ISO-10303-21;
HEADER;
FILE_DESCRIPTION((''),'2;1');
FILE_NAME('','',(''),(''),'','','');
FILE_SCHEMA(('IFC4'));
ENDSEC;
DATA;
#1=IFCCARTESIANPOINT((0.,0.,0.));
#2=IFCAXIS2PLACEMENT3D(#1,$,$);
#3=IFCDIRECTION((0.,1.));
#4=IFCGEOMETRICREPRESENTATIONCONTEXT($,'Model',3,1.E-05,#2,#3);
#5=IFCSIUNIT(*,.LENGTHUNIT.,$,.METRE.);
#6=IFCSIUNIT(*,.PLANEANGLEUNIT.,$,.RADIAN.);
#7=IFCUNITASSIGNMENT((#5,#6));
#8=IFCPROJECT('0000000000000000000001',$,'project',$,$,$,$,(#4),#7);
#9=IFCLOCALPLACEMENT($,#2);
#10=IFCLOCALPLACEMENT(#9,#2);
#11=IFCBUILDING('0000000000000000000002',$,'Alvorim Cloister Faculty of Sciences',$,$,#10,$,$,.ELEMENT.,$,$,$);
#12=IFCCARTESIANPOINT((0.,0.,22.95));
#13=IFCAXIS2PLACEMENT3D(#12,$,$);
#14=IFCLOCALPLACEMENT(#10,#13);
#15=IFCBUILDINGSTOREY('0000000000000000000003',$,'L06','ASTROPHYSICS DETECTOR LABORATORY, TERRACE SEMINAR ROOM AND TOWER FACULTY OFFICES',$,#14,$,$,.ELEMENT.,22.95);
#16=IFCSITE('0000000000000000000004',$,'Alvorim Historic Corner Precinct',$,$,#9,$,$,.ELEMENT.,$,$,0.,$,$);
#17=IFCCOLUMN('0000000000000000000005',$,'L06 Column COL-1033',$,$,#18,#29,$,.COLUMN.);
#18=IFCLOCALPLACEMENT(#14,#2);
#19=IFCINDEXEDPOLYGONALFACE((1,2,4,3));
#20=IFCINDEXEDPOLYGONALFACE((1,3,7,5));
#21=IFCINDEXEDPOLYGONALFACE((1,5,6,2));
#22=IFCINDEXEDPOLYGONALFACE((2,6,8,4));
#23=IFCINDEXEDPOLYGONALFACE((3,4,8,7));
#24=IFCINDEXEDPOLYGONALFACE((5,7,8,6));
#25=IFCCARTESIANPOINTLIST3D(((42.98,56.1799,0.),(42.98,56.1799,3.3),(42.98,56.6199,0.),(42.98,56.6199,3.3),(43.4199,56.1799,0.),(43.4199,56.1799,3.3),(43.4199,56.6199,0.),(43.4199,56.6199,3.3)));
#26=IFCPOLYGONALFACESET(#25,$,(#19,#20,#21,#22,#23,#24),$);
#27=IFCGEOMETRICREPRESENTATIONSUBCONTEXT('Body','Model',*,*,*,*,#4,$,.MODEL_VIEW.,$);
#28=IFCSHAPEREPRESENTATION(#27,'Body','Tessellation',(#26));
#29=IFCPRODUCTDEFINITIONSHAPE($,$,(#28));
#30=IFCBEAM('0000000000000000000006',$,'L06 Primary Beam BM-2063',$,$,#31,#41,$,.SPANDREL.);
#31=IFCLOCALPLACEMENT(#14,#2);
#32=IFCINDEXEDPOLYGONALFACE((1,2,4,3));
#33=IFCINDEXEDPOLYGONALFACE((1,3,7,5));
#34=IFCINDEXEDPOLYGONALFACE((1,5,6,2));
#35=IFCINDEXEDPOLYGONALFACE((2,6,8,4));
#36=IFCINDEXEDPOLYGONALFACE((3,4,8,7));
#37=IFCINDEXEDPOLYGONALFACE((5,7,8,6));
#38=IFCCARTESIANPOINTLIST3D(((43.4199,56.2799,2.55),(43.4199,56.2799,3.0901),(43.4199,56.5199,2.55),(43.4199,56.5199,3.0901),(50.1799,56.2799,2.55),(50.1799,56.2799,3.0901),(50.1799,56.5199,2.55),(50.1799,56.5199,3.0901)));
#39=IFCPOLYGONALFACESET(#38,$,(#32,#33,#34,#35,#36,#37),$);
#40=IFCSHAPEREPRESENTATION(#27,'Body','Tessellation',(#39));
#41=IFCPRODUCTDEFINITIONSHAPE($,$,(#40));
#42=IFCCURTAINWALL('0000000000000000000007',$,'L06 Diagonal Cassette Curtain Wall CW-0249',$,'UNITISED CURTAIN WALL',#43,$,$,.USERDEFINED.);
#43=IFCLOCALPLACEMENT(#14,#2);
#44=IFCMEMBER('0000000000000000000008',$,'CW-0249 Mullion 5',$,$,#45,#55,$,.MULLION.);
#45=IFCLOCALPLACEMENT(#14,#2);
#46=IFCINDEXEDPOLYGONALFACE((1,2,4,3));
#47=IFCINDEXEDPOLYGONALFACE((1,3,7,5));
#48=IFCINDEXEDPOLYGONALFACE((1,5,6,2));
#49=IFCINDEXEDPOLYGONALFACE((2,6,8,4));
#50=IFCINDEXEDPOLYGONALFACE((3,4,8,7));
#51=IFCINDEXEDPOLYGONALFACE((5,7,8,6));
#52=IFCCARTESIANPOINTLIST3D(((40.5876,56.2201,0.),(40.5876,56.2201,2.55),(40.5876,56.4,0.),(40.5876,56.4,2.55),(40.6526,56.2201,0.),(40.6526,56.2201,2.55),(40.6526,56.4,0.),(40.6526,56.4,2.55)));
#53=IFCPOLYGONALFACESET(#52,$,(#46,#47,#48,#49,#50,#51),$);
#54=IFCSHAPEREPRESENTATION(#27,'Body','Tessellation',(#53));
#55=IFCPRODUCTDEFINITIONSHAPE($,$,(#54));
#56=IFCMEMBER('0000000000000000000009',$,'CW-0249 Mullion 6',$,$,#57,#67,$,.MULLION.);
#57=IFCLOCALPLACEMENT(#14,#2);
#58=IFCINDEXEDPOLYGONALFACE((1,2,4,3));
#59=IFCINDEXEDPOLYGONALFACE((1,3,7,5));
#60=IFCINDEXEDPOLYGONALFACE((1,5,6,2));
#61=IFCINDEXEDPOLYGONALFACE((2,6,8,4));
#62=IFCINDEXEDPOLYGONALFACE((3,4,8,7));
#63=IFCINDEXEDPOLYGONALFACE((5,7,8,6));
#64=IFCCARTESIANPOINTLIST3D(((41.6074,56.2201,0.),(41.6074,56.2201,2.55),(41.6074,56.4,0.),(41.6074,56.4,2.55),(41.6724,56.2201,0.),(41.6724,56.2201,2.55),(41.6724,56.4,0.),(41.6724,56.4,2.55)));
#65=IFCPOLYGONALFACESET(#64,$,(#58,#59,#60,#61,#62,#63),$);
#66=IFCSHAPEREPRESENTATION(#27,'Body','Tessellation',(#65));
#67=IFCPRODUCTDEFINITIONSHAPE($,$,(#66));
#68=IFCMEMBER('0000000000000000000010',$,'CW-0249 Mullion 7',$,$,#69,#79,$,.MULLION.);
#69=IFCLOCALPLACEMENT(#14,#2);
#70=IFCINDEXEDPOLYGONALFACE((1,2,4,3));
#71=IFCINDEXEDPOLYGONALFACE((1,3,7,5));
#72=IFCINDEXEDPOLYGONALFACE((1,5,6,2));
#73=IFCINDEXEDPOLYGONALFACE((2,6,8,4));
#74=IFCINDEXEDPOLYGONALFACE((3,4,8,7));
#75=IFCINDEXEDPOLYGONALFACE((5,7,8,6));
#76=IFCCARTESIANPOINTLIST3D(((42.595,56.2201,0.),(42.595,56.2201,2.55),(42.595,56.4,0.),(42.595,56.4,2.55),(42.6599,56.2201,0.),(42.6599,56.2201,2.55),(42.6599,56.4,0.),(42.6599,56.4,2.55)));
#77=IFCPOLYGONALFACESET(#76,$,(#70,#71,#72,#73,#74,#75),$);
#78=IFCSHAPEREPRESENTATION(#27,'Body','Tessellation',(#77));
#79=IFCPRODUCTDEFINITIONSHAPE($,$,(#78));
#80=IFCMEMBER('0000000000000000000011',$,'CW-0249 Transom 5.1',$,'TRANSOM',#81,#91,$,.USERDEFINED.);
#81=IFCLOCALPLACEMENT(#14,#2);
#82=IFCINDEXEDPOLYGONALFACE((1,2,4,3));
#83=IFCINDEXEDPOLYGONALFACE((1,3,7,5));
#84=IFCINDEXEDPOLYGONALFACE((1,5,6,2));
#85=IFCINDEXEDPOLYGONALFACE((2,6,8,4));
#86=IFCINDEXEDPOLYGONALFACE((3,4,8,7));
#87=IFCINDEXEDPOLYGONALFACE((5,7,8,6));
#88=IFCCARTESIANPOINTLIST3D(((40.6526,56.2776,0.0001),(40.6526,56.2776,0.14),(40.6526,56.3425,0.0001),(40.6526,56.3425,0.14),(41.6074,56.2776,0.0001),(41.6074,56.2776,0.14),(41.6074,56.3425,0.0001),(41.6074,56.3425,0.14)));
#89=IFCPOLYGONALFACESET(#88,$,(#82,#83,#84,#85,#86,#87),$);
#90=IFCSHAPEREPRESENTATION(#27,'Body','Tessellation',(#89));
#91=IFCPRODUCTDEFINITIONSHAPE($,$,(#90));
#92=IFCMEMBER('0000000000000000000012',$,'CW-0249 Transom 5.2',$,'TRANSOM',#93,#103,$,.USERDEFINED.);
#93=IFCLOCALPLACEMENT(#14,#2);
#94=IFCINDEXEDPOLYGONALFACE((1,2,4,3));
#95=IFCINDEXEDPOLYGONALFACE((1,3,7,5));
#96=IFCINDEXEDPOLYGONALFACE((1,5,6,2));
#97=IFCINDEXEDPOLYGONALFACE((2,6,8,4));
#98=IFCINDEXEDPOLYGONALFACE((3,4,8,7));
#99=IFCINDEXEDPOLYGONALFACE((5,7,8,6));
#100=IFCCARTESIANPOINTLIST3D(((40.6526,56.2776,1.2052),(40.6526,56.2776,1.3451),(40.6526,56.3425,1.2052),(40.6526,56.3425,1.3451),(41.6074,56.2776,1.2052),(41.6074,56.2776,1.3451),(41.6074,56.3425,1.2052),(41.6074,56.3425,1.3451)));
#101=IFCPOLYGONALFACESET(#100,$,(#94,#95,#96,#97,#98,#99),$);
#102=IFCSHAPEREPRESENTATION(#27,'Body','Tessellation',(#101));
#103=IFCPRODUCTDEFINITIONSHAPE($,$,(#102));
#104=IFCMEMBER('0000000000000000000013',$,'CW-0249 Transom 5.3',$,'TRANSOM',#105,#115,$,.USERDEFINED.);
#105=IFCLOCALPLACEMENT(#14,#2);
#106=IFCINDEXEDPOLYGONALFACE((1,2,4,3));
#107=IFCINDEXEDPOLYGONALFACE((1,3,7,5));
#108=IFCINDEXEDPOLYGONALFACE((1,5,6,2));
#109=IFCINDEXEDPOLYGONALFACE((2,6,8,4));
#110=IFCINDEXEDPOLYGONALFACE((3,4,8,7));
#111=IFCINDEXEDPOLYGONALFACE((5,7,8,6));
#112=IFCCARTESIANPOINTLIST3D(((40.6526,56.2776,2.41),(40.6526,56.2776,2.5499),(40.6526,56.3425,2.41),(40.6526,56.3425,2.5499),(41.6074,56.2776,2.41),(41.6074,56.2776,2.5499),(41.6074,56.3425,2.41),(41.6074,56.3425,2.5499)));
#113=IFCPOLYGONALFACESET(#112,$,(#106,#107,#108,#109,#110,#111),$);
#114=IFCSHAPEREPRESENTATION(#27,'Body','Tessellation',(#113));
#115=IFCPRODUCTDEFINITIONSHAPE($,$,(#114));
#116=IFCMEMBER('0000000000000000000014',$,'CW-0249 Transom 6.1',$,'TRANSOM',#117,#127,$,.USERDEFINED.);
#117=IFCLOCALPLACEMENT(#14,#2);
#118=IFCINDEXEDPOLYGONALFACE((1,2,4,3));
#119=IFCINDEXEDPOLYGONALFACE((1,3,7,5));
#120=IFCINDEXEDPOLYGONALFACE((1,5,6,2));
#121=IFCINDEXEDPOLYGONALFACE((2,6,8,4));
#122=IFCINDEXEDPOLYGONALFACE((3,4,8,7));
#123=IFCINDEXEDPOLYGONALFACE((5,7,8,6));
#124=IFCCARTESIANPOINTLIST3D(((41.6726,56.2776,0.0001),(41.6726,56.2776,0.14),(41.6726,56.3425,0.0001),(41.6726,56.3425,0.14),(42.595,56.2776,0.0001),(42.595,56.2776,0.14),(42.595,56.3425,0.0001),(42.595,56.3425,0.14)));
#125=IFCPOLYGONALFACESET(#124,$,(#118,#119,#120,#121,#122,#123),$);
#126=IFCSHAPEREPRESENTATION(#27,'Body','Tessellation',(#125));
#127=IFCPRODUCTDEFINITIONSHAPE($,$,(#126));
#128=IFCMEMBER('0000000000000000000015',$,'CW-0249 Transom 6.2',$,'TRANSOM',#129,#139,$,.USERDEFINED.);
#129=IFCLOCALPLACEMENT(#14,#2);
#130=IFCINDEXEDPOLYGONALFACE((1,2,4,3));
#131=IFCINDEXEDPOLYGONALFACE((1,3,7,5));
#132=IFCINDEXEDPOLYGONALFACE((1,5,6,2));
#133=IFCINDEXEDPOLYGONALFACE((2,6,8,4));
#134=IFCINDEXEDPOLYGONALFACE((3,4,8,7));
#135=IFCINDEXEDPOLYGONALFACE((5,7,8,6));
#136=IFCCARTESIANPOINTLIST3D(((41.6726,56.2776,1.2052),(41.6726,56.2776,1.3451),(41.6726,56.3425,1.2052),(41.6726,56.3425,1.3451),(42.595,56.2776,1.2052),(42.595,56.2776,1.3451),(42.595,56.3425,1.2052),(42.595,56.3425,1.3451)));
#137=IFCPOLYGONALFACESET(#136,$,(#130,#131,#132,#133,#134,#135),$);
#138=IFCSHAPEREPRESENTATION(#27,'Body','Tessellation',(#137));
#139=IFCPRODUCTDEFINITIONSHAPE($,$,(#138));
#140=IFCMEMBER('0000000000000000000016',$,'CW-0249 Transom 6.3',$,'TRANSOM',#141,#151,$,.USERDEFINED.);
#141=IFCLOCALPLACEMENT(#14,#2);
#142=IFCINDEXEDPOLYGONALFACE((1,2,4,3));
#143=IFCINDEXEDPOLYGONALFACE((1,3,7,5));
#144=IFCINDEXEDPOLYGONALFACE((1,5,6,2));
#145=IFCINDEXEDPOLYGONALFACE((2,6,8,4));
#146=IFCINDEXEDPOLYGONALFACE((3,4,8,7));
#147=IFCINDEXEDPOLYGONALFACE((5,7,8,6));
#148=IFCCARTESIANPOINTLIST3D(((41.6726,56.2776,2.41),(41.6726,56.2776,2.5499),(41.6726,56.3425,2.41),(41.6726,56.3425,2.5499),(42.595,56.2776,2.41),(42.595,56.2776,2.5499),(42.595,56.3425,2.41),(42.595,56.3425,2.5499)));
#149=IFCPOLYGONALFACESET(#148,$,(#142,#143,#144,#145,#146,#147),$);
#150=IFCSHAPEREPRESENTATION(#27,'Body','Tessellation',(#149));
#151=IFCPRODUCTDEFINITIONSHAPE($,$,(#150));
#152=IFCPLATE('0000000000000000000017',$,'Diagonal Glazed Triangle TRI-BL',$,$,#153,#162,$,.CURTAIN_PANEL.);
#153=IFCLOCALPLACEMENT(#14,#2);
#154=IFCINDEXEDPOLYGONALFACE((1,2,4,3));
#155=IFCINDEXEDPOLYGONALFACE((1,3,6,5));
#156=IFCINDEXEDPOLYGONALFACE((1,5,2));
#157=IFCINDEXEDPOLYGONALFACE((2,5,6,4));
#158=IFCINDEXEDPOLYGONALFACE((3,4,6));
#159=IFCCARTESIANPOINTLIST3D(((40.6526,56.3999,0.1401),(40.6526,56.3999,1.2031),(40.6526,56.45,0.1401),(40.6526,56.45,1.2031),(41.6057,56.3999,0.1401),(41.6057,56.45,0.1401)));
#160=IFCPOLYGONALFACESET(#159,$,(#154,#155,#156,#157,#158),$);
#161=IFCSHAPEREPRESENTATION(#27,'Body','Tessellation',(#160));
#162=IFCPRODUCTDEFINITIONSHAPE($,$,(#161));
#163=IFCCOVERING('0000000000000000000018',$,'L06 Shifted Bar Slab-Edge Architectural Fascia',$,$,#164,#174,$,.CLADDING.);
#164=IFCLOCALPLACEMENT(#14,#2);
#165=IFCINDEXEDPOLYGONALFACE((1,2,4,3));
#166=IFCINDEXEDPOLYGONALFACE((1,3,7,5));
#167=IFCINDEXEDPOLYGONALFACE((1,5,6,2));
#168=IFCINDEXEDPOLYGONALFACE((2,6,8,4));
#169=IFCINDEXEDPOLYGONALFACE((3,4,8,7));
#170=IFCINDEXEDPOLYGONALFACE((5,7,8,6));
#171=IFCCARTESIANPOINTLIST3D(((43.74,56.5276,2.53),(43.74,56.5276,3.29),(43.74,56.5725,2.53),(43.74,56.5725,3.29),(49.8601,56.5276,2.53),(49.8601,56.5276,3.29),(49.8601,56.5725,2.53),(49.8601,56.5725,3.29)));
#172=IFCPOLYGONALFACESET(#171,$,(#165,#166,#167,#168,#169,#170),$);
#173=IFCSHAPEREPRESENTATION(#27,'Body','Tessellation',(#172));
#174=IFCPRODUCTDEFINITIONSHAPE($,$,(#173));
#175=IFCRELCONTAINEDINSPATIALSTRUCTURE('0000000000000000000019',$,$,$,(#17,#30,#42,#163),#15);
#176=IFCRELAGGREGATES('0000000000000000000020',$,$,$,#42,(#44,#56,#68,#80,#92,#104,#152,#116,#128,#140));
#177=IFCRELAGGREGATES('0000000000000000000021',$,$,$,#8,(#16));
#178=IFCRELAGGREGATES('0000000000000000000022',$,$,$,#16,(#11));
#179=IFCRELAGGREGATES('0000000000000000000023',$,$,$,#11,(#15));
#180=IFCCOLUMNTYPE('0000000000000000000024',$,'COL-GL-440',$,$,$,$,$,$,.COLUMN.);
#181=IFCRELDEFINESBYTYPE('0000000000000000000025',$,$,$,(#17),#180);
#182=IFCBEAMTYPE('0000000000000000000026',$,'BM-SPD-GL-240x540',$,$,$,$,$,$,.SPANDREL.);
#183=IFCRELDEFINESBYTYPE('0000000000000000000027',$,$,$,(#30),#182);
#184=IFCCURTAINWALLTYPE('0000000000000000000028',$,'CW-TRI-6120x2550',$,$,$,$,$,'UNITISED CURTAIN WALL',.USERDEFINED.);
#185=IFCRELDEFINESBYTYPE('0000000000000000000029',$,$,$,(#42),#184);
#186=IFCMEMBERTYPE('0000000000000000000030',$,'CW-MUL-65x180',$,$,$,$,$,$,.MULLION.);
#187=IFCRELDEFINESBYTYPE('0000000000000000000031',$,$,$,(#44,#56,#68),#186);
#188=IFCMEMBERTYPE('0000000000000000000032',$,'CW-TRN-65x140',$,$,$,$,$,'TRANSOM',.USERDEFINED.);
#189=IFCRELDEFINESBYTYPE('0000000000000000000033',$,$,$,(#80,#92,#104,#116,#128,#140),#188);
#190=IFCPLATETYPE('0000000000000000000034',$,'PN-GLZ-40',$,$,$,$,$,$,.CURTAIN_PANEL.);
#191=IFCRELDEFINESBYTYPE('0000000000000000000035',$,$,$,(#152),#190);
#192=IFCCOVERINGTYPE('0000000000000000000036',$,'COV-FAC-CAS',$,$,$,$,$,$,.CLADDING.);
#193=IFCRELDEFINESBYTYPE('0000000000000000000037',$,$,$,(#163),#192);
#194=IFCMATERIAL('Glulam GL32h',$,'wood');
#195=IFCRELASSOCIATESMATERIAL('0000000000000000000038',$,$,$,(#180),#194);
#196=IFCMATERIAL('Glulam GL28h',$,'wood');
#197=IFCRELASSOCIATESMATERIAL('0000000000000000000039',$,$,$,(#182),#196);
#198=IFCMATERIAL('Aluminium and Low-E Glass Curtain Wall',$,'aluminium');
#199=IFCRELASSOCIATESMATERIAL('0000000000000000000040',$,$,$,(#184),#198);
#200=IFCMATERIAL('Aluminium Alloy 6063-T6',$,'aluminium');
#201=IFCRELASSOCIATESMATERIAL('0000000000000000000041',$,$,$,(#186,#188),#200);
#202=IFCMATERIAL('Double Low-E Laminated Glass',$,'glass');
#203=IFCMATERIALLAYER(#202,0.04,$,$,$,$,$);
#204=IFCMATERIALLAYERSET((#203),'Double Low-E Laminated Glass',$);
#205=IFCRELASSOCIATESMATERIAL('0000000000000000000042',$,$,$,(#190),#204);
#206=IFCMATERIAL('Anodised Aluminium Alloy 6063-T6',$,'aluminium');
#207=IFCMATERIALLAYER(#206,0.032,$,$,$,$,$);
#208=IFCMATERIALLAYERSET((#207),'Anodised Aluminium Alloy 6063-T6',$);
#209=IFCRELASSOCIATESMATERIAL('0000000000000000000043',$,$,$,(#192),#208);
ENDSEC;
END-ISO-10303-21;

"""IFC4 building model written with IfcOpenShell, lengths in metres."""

from ifc_helpers import new_model, si_unit, direction, frame, origin, origin_2d, place, context, subcontext, project, spatial, polyline, rectangle, outline, extrude, material, layer, layer_set, material_profile, profile_set, type_object, element, aggregate, save


model = new_model("IFC4")

# Units and contexts
model_context = context("Model", 3, precision=1e-05, world=origin(), true_north=direction((0.0, 1.0)))
body_context = subcontext(model_context, "Body", "Model", "MODEL_VIEW")
ifc_project = project(units=[si_unit("LENGTHUNIT", "METRE"), si_unit("PLANEANGLEUNIT", "RADIAN")], contexts=[model_context])

# Site, building, storey
site_placement = place(None, origin())
site = spatial("IfcSite", under=ifc_project, at=site_placement, Name="Alvorim Historic Corner Precinct", CompositionType="ELEMENT", RefElevation=0.0)
building_placement = place(site_placement, origin())
building = spatial("IfcBuilding", under=site, at=building_placement, Name="Alvorim Cloister Faculty of Sciences", CompositionType="ELEMENT")
storey_placement = place(building_placement, frame((0.0, 0.0, 22.95)))
storey = spatial("IfcBuildingStorey", under=building, at=storey_placement, Name="L06", Description="ASTROPHYSICS DETECTOR LABORATORY, TERRACE SEMINAR ROOM AND TOWER FACULTY OFFICES", CompositionType="ELEMENT", Elevation=22.95)

# Column
ifc_material_1 = material(Name="Glulam GL32h", Category="wood")
ifc_material_profile_1 = material_profile(ifc_material_1, rectangle(XDim=0.4399, YDim=0.4399, at=origin_2d()), Name="GL32-COL-440x440")
ifc_profile_set_1 = profile_set([ifc_material_profile_1], Name="Glulam GL32h")
column_type = type_object("IfcColumnType", Name="COL-GL-440", PredefinedType="COLUMN", material=ifc_profile_set_1)
column_placement = place(storey_placement, frame((43.2, 56.3999, 0.0), z_axis=(0.0, 0.0, 1.0), x_axis=(1.0, 0.0, 0.0)))
element("IfcColumn", 1, at=column_placement, inside=storey, type_object=column_type, Name="L06 Column COL-1033", PredefinedType="COLUMN", context=body_context, shape_type="SweptSolid", body=[
    extrude(rectangle(XDim=0.4399, YDim=0.4399, at=origin_2d()), origin(), (0.0, 0.0, 1.0), 3.3),
])

# Beam
ifc_material_2 = material(Name="Glulam GL28h", Category="wood")
ifc_material_profile_2 = material_profile(ifc_material_2, rectangle(XDim=0.24, YDim=0.54, at=origin_2d()), Name="GL28-SPD-240x540")
ifc_profile_set_2 = profile_set([ifc_material_profile_2], Name="Glulam GL28h")
beam_type = type_object("IfcBeamType", Name="BM-SPD-GL-240x540", PredefinedType="SPANDREL", material=ifc_profile_set_2)
beam_placement = place(storey_placement, frame((43.4199, 56.3999, 2.8201), z_axis=(1.0, 0.0, 0.0), x_axis=(0.0, 1.0, 0.0)))
element("IfcBeam", 2, at=beam_placement, inside=storey, type_object=beam_type, Name="L06 Primary Beam BM-2063", PredefinedType="SPANDREL", context=body_context, shape_type="SweptSolid", body=[
    extrude(rectangle(XDim=0.24, YDim=0.54, at=origin_2d()), origin(), (0.0, 0.0, 1.0), 6.76),
])

# Curtain wall, members, plate
ifc_material_3 = material(Name="Aluminium and Low-E Glass Curtain Wall", Category="aluminium")
curtain_wall_type = type_object("IfcCurtainWallType", Name="CW-TRI-6120x2550", ElementType="UNITISED CURTAIN WALL", PredefinedType="USERDEFINED", material=ifc_material_3)
curtain_wall_placement = place(storey_placement, origin())
curtain_wall = element("IfcCurtainWall", 3, at=curtain_wall_placement, inside=storey, type_object=curtain_wall_type, Name="L06 Diagonal Cassette Curtain Wall CW-0249", ObjectType="UNITISED CURTAIN WALL", PredefinedType="USERDEFINED")
ifc_material_4 = material(Name="Aluminium Alloy 6063-T6", Category="aluminium")
ifc_material_profile_3 = material_profile(ifc_material_4, rectangle(XDim=0.0649, YDim=0.1799, at=origin_2d()), Name="ALU-MUL-65x180")
ifc_profile_set_3 = profile_set([ifc_material_profile_3], Name="Aluminium Alloy 6063-T6")
member_type_1 = type_object("IfcMemberType", Name="CW-MUL-65x180", PredefinedType="MULLION", material=ifc_profile_set_3)
member_1_placement = place(storey_placement, frame((40.6201, 56.3101, 0.0), z_axis=(0.0, 0.0, 1.0), x_axis=(1.0, 0.0, 0.0)))
member_1 = element("IfcMember", 4, at=member_1_placement, type_object=member_type_1, Name="CW-0249 Mullion 5", PredefinedType="MULLION", context=body_context, shape_type="SweptSolid", body=[
    extrude(rectangle(XDim=0.0649, YDim=0.1799, at=origin_2d()), origin(), (0.0, 0.0, 1.0), 2.55),
])
member_2_placement = place(storey_placement, frame((41.6399, 56.3101, 0.0), z_axis=(0.0, 0.0, 1.0), x_axis=(1.0, 0.0, 0.0)))
member_2 = element("IfcMember", 5, at=member_2_placement, type_object=member_type_1, Name="CW-0249 Mullion 6", PredefinedType="MULLION", context=body_context, shape_type="SweptSolid", body=[
    extrude(rectangle(XDim=0.0649, YDim=0.1799, at=origin_2d()), origin(), (0.0, 0.0, 1.0), 2.55),
])
member_3_placement = place(storey_placement, frame((42.6274, 56.3101, 0.0), z_axis=(0.0, 0.0, 1.0), x_axis=(1.0, 0.0, 0.0)))
member_3 = element("IfcMember", 6, at=member_3_placement, type_object=member_type_1, Name="CW-0249 Mullion 7", PredefinedType="MULLION", context=body_context, shape_type="SweptSolid", body=[
    extrude(rectangle(XDim=0.0649, YDim=0.1799, at=origin_2d()), origin(), (0.0, 0.0, 1.0), 2.55),
])
ifc_material_profile_4 = material_profile(ifc_material_4, rectangle(XDim=0.0649, YDim=0.1399, at=origin_2d()), Name="ALU-TRN-65x140")
ifc_profile_set_4 = profile_set([ifc_material_profile_4], Name="Aluminium Alloy 6063-T6")
member_type_2 = type_object("IfcMemberType", Name="CW-TRN-65x140", ElementType="TRANSOM", PredefinedType="USERDEFINED", material=ifc_profile_set_4)
member_4_placement = place(storey_placement, frame((40.6526, 56.3101, 0.0701), z_axis=(1.0, 0.0, 0.0), x_axis=(0.0, 1.0, 0.0)))
member_4 = element("IfcMember", 7, at=member_4_placement, type_object=member_type_2, Name="CW-0249 Transom 5.1", ObjectType="TRANSOM", PredefinedType="USERDEFINED", context=body_context, shape_type="SweptSolid", body=[
    extrude(rectangle(XDim=0.0649, YDim=0.1399, at=origin_2d()), origin(), (0.0, 0.0, 1.0), 0.9548),
])
member_5_placement = place(storey_placement, frame((40.6526, 56.3101, 1.2751), z_axis=(1.0, 0.0, 0.0), x_axis=(0.0, 1.0, 0.0)))
member_5 = element("IfcMember", 8, at=member_5_placement, type_object=member_type_2, Name="CW-0249 Transom 5.2", ObjectType="TRANSOM", PredefinedType="USERDEFINED", context=body_context, shape_type="SweptSolid", body=[
    extrude(rectangle(XDim=0.0649, YDim=0.1399, at=origin_2d()), origin(), (0.0, 0.0, 1.0), 0.9548),
])
member_6_placement = place(storey_placement, frame((40.6526, 56.3101, 2.48), z_axis=(1.0, 0.0, 0.0), x_axis=(0.0, 1.0, 0.0)))
member_6 = element("IfcMember", 9, at=member_6_placement, type_object=member_type_2, Name="CW-0249 Transom 5.3", ObjectType="TRANSOM", PredefinedType="USERDEFINED", context=body_context, shape_type="SweptSolid", body=[
    extrude(rectangle(XDim=0.0649, YDim=0.1399, at=origin_2d()), origin(), (0.0, 0.0, 1.0), 0.9548),
])
member_7_placement = place(storey_placement, frame((41.6726, 56.3101, 0.0701), z_axis=(1.0, 0.0, 0.0), x_axis=(0.0, 1.0, 0.0)))
member_7 = element("IfcMember", 10, at=member_7_placement, type_object=member_type_2, Name="CW-0249 Transom 6.1", ObjectType="TRANSOM", PredefinedType="USERDEFINED", context=body_context, shape_type="SweptSolid", body=[
    extrude(rectangle(XDim=0.0649, YDim=0.1399, at=origin_2d()), origin(), (0.0, 0.0, 1.0), 0.9224),
])
member_8_placement = place(storey_placement, frame((41.6726, 56.3101, 1.2751), z_axis=(1.0, 0.0, 0.0), x_axis=(0.0, 1.0, 0.0)))
member_8 = element("IfcMember", 11, at=member_8_placement, type_object=member_type_2, Name="CW-0249 Transom 6.2", ObjectType="TRANSOM", PredefinedType="USERDEFINED", context=body_context, shape_type="SweptSolid", body=[
    extrude(rectangle(XDim=0.0649, YDim=0.1399, at=origin_2d()), origin(), (0.0, 0.0, 1.0), 0.9224),
])
member_9_placement = place(storey_placement, frame((41.6726, 56.3101, 2.48), z_axis=(1.0, 0.0, 0.0), x_axis=(0.0, 1.0, 0.0)))
member_9 = element("IfcMember", 12, at=member_9_placement, type_object=member_type_2, Name="CW-0249 Transom 6.3", ObjectType="TRANSOM", PredefinedType="USERDEFINED", context=body_context, shape_type="SweptSolid", body=[
    extrude(rectangle(XDim=0.0649, YDim=0.1399, at=origin_2d()), origin(), (0.0, 0.0, 1.0), 0.9224),
])
ifc_material_5 = material(Name="Double Low-E Laminated Glass", Category="glass")
ifc_layer_1 = layer(ifc_material_5, 0.04)
ifc_layer_set_1 = layer_set([ifc_layer_1], Name="Double Low-E Laminated Glass")
plate_type = type_object("IfcPlateType", Name="PN-GLZ-40", PredefinedType="CURTAIN_PANEL", material=ifc_layer_set_1)
plate_1_placement = place(storey_placement, frame((40.6526, 56.425, 0.1401), z_axis=(0.0, 0.0, 1.0), x_axis=(1.0, 0.0, 0.0)))
plate_1 = element("IfcPlate", 13, at=plate_1_placement, type_object=plate_type, Name="Diagonal Glazed Triangle TRI-BL", PredefinedType="CURTAIN_PANEL", context=body_context, shape_type="SweptSolid", body=[
    extrude(outline(polyline([(0.0, 0.0), (0.9531, 0.0), (0.0, 1.063), (0.0, 0.0)])), frame((0.0, 0.0249, 0.0), z_axis=(0.0, -1.0, 0.0), x_axis=(1.0, 0.0, 0.0)), (0.0, 0.0, 1.0), 0.05),
])
aggregate(curtain_wall, [member_1, member_2, member_3, member_4, member_5, member_6, plate_1, member_7, member_8, member_9])

# Covering
ifc_material_6 = material(Name="Anodised Aluminium Alloy 6063-T6", Category="aluminium")
ifc_layer_2 = layer(ifc_material_6, 0.032)
ifc_layer_set_2 = layer_set([ifc_layer_2], Name="Anodised Aluminium Alloy 6063-T6")
covering_type = type_object("IfcCoveringType", Name="COV-FAC-CAS", PredefinedType="CLADDING", material=ifc_layer_set_2)
covering_placement = place(storey_placement, frame((43.74, 56.55, 2.53), z_axis=(0.0, 0.0, 1.0), x_axis=(1.0, 0.0, 0.0)))
element("IfcCovering", 14, at=covering_placement, inside=storey, type_object=covering_type, Name="L06 Shifted Bar Slab-Edge Architectural Fascia", PredefinedType="CLADDING", context=body_context, shape_type="SweptSolid", body=[
    extrude(outline(polyline([(0.0, 0.0), (6.1201, 0.0), (6.1201, 0.76), (0.0, 0.76), (0.0, 0.0)])), frame((0.0, 0.0225, 0.0), z_axis=(0.0, -1.0, 0.0), x_axis=(1.0, 0.0, 0.0)), (0.0, 0.0, 1.0), 0.0449),
])

save(model, "model.ifc")
